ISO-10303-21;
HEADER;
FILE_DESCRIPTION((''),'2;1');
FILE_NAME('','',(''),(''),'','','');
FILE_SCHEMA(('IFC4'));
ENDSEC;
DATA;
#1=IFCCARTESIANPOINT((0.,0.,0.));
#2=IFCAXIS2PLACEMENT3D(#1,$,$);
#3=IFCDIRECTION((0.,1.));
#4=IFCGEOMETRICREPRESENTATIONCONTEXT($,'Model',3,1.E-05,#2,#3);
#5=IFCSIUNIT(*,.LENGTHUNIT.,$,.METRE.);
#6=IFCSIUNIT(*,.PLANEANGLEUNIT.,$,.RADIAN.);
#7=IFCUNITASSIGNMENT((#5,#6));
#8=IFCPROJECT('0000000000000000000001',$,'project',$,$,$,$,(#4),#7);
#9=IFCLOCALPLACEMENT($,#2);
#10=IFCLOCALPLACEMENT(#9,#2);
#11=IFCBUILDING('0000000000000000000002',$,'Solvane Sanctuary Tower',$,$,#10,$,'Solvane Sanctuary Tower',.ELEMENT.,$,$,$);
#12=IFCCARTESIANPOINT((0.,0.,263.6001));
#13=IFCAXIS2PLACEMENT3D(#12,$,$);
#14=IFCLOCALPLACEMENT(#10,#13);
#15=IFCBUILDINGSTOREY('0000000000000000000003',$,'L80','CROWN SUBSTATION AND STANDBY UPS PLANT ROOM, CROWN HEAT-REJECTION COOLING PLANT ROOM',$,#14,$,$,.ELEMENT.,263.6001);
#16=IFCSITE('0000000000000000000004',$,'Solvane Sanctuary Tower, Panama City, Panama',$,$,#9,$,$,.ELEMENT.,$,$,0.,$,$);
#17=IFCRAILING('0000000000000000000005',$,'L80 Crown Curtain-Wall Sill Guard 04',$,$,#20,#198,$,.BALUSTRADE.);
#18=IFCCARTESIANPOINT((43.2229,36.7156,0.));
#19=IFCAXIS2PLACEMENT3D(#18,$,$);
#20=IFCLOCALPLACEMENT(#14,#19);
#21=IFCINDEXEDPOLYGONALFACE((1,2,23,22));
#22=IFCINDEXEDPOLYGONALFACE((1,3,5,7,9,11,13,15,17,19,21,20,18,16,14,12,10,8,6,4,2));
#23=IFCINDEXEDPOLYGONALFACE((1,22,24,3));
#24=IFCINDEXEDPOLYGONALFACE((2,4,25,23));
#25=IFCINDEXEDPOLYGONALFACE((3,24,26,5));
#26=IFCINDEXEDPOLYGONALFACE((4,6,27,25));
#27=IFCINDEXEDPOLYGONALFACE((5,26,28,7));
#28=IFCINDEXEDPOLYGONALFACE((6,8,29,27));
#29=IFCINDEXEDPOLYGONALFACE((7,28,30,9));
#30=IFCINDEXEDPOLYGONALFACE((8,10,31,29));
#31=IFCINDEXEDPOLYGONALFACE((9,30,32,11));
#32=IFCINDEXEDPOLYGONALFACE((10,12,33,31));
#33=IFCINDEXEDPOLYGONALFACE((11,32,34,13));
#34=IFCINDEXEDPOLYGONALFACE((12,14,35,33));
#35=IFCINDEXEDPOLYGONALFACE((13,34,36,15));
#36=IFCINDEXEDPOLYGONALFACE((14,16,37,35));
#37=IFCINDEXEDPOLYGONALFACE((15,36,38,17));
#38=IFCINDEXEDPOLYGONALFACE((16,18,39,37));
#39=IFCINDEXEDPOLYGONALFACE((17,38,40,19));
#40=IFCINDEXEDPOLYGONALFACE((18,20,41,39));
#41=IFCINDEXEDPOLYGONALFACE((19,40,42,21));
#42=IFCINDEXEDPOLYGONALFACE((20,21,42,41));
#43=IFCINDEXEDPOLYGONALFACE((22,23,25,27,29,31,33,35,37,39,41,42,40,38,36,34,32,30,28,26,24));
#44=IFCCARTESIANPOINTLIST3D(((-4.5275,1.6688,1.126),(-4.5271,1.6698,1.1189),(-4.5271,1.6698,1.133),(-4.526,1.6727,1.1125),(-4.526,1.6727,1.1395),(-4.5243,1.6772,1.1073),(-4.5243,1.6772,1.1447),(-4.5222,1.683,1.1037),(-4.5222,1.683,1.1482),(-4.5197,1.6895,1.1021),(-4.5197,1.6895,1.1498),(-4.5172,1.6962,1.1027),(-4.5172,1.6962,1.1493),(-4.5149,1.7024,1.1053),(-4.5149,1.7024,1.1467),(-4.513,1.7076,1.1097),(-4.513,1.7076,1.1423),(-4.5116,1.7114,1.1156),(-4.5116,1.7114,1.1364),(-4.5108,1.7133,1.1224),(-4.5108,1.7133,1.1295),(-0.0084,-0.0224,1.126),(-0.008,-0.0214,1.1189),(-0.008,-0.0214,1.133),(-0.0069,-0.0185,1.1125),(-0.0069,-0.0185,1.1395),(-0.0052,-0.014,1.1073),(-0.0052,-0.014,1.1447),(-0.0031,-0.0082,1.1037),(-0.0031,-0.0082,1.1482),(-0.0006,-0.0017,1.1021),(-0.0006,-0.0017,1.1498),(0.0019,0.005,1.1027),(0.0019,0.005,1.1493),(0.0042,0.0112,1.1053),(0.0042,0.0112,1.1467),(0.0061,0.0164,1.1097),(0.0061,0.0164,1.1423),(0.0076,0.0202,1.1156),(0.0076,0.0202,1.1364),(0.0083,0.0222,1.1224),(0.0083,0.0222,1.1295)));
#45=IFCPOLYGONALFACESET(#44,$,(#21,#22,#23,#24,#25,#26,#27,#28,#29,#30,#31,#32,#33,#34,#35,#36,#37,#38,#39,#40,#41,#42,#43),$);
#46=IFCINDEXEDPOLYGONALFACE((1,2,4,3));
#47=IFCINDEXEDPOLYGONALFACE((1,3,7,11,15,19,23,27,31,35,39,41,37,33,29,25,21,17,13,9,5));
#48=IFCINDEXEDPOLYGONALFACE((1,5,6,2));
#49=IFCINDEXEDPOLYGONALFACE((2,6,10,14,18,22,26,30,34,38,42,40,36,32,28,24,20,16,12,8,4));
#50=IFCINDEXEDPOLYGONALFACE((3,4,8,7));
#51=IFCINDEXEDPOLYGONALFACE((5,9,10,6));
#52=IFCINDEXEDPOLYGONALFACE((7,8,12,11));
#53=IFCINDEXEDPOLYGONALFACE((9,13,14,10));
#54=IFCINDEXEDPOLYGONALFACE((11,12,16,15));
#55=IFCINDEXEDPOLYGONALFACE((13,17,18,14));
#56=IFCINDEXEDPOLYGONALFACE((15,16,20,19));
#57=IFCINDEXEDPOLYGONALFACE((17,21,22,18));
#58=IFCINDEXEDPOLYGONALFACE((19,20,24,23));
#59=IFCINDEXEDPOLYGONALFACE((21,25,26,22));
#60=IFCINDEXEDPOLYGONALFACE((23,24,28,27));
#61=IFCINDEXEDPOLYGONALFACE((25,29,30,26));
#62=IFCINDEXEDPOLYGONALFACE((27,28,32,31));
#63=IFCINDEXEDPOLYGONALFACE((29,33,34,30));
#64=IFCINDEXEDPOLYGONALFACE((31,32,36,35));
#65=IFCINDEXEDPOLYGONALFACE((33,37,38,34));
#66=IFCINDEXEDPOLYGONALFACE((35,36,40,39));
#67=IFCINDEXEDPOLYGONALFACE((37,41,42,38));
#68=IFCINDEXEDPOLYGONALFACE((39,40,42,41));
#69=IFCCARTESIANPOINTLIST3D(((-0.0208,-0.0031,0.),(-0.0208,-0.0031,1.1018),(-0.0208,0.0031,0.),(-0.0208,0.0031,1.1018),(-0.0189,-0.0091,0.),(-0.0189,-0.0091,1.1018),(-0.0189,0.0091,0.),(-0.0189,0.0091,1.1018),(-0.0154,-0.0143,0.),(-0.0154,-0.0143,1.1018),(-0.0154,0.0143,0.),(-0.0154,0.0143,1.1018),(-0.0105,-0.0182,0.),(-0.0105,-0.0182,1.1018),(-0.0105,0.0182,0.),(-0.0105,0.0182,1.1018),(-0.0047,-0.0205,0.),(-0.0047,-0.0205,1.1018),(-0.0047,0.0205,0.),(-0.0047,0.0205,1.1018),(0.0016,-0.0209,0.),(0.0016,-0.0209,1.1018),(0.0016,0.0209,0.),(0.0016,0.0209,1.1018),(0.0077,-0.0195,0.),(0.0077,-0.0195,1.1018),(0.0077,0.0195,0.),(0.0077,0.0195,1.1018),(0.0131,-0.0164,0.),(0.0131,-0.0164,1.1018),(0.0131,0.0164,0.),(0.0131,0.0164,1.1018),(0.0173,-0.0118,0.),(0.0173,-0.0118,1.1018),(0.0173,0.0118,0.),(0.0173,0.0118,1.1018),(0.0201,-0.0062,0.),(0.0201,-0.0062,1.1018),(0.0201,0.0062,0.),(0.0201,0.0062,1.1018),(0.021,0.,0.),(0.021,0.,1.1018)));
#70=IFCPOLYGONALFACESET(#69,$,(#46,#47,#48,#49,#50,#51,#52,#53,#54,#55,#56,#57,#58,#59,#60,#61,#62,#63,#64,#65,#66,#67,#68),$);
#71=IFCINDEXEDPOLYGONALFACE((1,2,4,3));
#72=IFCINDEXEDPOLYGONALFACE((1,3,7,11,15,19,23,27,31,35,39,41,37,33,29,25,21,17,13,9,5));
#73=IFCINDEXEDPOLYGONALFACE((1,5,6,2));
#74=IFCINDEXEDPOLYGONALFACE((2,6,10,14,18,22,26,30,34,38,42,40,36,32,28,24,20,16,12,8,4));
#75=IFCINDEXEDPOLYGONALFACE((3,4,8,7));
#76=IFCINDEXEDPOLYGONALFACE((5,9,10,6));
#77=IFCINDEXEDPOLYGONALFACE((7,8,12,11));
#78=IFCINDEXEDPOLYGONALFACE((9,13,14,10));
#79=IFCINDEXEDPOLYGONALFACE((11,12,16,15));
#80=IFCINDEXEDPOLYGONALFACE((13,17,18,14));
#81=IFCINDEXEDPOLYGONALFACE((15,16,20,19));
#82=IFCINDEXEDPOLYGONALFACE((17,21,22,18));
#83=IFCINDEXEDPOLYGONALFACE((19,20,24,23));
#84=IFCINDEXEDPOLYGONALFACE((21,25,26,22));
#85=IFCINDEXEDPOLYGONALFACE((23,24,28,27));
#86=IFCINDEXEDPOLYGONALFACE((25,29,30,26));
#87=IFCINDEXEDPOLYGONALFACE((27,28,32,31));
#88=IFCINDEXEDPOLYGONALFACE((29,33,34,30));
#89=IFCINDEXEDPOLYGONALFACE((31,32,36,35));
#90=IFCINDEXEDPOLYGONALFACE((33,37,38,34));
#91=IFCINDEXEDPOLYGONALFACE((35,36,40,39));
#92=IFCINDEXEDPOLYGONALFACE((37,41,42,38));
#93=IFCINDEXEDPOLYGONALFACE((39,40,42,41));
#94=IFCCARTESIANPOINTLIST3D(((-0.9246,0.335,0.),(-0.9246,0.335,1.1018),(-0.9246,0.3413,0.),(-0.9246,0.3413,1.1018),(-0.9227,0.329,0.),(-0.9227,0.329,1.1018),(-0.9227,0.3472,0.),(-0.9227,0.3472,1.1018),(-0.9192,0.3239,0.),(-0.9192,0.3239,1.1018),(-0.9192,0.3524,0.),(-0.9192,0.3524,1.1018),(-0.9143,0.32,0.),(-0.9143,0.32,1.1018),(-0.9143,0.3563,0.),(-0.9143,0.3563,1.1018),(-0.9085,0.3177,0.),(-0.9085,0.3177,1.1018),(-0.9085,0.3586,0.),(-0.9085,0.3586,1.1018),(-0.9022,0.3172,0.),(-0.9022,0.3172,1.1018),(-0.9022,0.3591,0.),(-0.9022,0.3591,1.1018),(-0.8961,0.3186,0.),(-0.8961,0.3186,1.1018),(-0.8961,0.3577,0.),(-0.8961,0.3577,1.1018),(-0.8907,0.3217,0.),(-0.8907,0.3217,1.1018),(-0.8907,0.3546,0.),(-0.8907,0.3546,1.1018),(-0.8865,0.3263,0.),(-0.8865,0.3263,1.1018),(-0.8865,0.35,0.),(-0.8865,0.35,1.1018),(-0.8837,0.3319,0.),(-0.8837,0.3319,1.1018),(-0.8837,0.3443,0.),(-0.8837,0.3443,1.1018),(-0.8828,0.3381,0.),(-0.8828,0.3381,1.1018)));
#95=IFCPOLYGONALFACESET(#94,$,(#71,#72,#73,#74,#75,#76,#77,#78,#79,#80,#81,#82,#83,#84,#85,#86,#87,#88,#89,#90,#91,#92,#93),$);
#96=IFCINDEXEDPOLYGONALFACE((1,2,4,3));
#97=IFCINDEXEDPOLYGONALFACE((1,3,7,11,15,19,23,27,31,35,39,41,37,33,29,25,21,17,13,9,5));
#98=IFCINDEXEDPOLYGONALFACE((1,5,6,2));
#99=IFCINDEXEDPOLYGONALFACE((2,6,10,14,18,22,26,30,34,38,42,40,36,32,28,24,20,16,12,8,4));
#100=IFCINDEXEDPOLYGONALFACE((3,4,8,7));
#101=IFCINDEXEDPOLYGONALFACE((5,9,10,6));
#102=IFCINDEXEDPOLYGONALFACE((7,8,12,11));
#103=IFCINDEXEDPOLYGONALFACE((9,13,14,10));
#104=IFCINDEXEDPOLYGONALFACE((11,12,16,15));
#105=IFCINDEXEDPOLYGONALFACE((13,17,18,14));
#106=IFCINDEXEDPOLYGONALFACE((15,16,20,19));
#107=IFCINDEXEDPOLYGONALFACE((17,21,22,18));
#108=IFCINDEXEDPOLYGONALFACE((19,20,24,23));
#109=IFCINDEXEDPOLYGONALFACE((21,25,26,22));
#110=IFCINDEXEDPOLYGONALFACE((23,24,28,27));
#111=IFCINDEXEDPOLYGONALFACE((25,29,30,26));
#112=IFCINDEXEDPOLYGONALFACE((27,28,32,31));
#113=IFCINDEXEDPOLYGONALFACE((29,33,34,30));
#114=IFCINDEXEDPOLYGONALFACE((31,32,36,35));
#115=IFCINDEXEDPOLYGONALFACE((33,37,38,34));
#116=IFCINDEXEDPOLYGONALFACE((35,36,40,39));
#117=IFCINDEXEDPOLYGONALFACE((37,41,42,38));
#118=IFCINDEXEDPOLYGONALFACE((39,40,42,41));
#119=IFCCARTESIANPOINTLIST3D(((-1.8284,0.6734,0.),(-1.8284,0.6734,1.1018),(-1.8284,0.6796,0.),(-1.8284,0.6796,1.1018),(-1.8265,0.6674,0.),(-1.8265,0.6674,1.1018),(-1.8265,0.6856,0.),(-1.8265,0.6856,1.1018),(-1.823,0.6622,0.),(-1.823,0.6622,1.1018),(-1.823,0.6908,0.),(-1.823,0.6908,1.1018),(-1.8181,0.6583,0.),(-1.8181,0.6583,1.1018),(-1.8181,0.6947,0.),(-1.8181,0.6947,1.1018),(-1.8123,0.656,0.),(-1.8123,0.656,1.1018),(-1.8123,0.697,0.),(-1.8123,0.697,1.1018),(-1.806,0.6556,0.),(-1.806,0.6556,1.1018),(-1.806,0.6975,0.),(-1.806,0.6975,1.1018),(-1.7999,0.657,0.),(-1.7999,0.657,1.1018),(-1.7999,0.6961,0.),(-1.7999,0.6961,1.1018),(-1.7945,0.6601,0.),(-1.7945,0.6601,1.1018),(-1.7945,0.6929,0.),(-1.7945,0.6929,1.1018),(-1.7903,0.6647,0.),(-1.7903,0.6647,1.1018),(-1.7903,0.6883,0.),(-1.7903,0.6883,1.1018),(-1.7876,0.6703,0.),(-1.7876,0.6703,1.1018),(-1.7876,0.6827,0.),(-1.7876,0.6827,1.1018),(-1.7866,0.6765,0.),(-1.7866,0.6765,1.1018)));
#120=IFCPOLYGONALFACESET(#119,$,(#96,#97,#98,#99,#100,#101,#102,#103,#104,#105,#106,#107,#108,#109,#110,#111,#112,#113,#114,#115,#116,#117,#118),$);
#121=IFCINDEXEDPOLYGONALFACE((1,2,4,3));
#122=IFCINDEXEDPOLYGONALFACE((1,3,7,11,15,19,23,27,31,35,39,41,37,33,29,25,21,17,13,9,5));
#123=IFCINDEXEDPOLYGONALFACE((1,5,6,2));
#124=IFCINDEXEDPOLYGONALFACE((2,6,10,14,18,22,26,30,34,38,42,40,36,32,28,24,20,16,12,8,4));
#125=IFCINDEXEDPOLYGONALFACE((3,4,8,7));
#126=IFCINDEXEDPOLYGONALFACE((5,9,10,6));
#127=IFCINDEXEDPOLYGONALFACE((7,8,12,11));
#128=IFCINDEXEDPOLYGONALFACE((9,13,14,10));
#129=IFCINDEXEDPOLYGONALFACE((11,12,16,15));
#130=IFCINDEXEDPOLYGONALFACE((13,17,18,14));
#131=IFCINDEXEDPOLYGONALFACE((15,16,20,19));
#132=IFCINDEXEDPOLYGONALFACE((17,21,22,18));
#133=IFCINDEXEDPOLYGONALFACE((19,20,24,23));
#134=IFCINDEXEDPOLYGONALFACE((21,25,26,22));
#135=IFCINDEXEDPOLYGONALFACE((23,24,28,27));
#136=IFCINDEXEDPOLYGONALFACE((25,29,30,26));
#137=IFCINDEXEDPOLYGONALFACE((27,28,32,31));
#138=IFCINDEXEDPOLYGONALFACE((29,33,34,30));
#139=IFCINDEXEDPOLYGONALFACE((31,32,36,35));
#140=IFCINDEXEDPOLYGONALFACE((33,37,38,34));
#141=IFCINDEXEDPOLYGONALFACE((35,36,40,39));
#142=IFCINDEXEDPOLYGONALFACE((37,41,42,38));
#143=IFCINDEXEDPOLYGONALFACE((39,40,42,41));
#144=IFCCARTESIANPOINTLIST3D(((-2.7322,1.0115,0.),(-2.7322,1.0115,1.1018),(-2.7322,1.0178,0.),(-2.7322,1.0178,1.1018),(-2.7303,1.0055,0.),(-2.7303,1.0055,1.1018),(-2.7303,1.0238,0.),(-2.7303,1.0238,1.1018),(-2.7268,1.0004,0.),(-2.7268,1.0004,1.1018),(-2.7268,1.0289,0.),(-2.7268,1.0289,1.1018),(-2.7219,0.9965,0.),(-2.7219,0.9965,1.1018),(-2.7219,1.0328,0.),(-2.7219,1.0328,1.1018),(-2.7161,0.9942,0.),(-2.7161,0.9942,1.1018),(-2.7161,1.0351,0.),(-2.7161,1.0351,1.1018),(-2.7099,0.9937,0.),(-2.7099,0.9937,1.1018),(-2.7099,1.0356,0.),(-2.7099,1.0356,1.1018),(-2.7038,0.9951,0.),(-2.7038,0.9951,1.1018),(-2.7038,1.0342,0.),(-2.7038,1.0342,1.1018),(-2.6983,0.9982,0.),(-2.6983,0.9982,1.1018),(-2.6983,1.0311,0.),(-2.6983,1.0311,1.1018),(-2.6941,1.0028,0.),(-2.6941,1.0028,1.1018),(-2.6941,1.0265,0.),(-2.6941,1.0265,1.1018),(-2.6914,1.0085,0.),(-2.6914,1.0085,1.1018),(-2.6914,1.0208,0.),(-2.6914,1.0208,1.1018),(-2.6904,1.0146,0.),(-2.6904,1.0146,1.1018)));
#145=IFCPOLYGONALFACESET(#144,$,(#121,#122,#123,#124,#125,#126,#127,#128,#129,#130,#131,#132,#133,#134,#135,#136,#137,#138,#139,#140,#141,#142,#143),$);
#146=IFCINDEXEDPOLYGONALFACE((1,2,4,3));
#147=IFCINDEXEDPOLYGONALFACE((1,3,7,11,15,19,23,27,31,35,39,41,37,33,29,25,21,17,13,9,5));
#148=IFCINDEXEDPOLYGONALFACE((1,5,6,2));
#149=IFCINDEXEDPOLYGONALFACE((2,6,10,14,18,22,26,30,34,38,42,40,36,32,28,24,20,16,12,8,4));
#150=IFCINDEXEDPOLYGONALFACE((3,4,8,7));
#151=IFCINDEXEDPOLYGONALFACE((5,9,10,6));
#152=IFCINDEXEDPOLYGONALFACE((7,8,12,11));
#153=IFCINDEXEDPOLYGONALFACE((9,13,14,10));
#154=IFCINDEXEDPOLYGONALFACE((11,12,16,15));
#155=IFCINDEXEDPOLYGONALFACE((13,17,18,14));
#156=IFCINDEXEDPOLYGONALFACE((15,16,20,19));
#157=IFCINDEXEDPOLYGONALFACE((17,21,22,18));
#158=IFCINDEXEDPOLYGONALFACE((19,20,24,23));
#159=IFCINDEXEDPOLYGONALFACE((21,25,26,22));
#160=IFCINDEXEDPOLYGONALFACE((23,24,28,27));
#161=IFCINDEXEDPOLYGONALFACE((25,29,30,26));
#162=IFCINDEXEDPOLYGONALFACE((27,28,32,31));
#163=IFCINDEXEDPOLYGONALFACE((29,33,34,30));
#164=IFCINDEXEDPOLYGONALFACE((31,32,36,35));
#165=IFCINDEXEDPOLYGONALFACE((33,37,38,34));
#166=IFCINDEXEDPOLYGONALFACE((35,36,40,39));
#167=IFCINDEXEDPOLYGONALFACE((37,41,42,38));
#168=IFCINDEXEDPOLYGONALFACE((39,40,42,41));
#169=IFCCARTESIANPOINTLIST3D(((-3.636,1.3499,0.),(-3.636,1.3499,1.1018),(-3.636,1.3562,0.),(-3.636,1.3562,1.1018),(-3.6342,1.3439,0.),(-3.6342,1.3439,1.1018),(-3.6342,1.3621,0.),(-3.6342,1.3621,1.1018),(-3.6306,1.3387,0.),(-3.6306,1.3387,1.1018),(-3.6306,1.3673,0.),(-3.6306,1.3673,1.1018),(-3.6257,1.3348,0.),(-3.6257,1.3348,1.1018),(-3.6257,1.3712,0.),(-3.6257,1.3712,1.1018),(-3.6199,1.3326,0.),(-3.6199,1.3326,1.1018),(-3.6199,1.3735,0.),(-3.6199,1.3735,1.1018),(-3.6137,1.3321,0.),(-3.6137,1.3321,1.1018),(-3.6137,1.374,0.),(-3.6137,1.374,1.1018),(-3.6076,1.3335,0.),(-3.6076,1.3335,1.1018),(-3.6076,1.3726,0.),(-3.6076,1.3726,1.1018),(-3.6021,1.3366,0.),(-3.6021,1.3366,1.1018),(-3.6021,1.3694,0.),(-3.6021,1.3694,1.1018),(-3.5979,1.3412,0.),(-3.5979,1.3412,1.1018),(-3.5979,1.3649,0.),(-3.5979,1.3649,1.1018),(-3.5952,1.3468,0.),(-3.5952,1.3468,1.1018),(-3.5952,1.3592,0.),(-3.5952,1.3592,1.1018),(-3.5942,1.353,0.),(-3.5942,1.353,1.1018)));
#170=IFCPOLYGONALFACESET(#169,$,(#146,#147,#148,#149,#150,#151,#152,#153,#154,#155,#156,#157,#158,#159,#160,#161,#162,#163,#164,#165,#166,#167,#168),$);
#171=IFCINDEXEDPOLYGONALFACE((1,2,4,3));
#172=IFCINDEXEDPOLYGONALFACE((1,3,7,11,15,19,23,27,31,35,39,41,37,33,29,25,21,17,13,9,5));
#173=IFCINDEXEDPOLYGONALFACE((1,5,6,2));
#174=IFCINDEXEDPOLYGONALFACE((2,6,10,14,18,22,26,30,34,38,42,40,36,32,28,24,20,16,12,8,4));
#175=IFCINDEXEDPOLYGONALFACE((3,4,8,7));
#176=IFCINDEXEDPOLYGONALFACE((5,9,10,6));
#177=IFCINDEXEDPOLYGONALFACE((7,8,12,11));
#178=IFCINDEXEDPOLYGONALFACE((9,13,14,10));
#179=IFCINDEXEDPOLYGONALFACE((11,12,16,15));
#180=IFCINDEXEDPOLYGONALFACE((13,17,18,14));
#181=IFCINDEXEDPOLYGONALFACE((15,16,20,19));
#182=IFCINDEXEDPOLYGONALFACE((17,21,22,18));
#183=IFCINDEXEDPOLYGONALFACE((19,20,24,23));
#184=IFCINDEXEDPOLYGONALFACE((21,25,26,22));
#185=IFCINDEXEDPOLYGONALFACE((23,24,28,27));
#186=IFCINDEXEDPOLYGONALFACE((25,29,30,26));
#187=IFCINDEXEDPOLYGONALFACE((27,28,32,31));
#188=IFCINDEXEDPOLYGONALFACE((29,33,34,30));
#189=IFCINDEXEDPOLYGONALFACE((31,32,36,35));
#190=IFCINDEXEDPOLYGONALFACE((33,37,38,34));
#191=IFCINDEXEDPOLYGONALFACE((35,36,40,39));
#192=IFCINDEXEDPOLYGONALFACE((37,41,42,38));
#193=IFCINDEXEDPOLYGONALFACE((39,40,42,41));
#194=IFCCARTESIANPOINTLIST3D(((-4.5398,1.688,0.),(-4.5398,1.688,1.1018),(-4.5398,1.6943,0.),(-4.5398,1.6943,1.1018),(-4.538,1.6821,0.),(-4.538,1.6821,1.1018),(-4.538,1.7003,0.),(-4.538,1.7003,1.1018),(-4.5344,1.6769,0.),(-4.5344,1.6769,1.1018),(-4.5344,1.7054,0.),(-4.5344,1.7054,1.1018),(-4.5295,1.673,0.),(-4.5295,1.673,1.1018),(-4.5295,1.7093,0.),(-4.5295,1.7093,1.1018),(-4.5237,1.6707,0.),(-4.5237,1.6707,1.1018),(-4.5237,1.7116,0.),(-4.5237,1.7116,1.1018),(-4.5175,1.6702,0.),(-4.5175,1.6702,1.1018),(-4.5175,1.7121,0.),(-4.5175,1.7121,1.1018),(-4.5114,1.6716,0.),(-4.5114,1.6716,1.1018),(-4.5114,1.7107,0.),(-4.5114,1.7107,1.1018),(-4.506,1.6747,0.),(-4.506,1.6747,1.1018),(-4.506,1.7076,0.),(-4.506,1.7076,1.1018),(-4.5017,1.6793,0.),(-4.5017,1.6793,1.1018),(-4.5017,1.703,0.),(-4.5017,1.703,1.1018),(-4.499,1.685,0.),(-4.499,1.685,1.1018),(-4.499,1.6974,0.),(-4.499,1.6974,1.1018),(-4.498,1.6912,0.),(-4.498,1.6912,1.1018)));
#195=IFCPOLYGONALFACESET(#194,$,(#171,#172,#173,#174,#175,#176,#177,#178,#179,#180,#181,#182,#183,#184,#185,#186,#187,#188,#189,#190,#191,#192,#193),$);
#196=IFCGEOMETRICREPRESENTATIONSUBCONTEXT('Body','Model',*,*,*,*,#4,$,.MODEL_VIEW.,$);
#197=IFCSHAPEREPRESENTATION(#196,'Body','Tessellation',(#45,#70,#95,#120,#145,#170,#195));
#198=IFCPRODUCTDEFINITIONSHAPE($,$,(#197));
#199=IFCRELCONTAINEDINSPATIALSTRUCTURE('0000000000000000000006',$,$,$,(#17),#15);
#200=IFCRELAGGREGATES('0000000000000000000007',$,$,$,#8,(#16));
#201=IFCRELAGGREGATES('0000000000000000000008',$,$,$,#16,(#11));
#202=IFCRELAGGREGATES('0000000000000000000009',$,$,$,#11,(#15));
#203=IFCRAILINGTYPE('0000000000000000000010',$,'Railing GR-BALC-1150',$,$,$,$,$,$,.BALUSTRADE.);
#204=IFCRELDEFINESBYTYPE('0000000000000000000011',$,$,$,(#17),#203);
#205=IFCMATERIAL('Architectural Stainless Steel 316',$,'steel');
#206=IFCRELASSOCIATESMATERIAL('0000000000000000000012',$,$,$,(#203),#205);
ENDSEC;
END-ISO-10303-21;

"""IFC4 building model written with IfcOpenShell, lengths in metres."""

from ifc_helpers import new_model, si_unit, direction, frame, origin, origin_2d, place, context, subcontext, project, spatial, circle, extrude, material, type_object, element, save


model = new_model("IFC4")

# Units and contexts
model_context = context("Model", 3, precision=1e-05, world=origin(), true_north=direction((0.0, 1.0)))
body_context = subcontext(model_context, "Body", "Model", "MODEL_VIEW")
ifc_project = project(units=[si_unit("LENGTHUNIT", "METRE"), si_unit("PLANEANGLEUNIT", "RADIAN")], contexts=[model_context])

# Site, building, storey
site_placement = place(None, origin())
site = spatial("IfcSite", under=ifc_project, at=site_placement, Name="Solvane Sanctuary Tower, Panama City, Panama", CompositionType="ELEMENT", RefElevation=0.0)
building_placement = place(site_placement, origin())
building = spatial("IfcBuilding", under=site, at=building_placement, Name="Solvane Sanctuary Tower", LongName="Solvane Sanctuary Tower", CompositionType="ELEMENT")
storey_placement = place(building_placement, frame((0.0, 0.0, 263.6001)))
storey = spatial("IfcBuildingStorey", under=building, at=storey_placement, Name="L80", Description="CROWN SUBSTATION AND STANDBY UPS PLANT ROOM, CROWN HEAT-REJECTION COOLING PLANT ROOM", CompositionType="ELEMENT", Elevation=263.6001)

# Railing
ifc_material_1 = material(Name="Architectural Stainless Steel 316", Category="steel")
railing_type = type_object("IfcRailingType", Name="Railing GR-BALC-1150", PredefinedType="BALUSTRADE", material=ifc_material_1)
railing_1_placement = place(storey_placement, frame((43.2229, 36.7156, 0.0)))
element("IfcRailing", 1, at=railing_1_placement, inside=storey, type_object=railing_type, Name="L80 Crown Curtain-Wall Sill Guard 04", PredefinedType="BALUSTRADE", context=body_context, shape_type="SweptSolid", body=[
    extrude(circle(Radius=0.0239, at=origin_2d()), frame((0.0, 0.0, 1.126), z_axis=(-0.936566, 0.350491, 0.0), x_axis=(-0.350491, -0.936566, 0.0)), (0.0, 0.0, 1.0), 4.8252),
    extrude(circle(Radius=0.021, at=origin_2d()), origin(), (0.0, 0.0, 1.0), 1.1018),
    extrude(circle(Radius=0.021, at=origin_2d()), frame((-0.9038, 0.3381, 0.0)), (0.0, 0.0, 1.0), 1.1018),
    extrude(circle(Radius=0.021, at=origin_2d()), frame((-1.8076, 0.6765, 0.0)), (0.0, 0.0, 1.0), 1.1018),
    extrude(circle(Radius=0.021, at=origin_2d()), frame((-2.7114, 1.0146, 0.0)), (0.0, 0.0, 1.0), 1.1018),
    extrude(circle(Radius=0.021, at=origin_2d()), frame((-3.6152, 1.353, 0.0)), (0.0, 0.0, 1.0), 1.1018),
    extrude(circle(Radius=0.021, at=origin_2d()), frame((-4.519, 1.6912, 0.0)), (0.0, 0.0, 1.0), 1.1018),
])

save(model, "model.ifc")
